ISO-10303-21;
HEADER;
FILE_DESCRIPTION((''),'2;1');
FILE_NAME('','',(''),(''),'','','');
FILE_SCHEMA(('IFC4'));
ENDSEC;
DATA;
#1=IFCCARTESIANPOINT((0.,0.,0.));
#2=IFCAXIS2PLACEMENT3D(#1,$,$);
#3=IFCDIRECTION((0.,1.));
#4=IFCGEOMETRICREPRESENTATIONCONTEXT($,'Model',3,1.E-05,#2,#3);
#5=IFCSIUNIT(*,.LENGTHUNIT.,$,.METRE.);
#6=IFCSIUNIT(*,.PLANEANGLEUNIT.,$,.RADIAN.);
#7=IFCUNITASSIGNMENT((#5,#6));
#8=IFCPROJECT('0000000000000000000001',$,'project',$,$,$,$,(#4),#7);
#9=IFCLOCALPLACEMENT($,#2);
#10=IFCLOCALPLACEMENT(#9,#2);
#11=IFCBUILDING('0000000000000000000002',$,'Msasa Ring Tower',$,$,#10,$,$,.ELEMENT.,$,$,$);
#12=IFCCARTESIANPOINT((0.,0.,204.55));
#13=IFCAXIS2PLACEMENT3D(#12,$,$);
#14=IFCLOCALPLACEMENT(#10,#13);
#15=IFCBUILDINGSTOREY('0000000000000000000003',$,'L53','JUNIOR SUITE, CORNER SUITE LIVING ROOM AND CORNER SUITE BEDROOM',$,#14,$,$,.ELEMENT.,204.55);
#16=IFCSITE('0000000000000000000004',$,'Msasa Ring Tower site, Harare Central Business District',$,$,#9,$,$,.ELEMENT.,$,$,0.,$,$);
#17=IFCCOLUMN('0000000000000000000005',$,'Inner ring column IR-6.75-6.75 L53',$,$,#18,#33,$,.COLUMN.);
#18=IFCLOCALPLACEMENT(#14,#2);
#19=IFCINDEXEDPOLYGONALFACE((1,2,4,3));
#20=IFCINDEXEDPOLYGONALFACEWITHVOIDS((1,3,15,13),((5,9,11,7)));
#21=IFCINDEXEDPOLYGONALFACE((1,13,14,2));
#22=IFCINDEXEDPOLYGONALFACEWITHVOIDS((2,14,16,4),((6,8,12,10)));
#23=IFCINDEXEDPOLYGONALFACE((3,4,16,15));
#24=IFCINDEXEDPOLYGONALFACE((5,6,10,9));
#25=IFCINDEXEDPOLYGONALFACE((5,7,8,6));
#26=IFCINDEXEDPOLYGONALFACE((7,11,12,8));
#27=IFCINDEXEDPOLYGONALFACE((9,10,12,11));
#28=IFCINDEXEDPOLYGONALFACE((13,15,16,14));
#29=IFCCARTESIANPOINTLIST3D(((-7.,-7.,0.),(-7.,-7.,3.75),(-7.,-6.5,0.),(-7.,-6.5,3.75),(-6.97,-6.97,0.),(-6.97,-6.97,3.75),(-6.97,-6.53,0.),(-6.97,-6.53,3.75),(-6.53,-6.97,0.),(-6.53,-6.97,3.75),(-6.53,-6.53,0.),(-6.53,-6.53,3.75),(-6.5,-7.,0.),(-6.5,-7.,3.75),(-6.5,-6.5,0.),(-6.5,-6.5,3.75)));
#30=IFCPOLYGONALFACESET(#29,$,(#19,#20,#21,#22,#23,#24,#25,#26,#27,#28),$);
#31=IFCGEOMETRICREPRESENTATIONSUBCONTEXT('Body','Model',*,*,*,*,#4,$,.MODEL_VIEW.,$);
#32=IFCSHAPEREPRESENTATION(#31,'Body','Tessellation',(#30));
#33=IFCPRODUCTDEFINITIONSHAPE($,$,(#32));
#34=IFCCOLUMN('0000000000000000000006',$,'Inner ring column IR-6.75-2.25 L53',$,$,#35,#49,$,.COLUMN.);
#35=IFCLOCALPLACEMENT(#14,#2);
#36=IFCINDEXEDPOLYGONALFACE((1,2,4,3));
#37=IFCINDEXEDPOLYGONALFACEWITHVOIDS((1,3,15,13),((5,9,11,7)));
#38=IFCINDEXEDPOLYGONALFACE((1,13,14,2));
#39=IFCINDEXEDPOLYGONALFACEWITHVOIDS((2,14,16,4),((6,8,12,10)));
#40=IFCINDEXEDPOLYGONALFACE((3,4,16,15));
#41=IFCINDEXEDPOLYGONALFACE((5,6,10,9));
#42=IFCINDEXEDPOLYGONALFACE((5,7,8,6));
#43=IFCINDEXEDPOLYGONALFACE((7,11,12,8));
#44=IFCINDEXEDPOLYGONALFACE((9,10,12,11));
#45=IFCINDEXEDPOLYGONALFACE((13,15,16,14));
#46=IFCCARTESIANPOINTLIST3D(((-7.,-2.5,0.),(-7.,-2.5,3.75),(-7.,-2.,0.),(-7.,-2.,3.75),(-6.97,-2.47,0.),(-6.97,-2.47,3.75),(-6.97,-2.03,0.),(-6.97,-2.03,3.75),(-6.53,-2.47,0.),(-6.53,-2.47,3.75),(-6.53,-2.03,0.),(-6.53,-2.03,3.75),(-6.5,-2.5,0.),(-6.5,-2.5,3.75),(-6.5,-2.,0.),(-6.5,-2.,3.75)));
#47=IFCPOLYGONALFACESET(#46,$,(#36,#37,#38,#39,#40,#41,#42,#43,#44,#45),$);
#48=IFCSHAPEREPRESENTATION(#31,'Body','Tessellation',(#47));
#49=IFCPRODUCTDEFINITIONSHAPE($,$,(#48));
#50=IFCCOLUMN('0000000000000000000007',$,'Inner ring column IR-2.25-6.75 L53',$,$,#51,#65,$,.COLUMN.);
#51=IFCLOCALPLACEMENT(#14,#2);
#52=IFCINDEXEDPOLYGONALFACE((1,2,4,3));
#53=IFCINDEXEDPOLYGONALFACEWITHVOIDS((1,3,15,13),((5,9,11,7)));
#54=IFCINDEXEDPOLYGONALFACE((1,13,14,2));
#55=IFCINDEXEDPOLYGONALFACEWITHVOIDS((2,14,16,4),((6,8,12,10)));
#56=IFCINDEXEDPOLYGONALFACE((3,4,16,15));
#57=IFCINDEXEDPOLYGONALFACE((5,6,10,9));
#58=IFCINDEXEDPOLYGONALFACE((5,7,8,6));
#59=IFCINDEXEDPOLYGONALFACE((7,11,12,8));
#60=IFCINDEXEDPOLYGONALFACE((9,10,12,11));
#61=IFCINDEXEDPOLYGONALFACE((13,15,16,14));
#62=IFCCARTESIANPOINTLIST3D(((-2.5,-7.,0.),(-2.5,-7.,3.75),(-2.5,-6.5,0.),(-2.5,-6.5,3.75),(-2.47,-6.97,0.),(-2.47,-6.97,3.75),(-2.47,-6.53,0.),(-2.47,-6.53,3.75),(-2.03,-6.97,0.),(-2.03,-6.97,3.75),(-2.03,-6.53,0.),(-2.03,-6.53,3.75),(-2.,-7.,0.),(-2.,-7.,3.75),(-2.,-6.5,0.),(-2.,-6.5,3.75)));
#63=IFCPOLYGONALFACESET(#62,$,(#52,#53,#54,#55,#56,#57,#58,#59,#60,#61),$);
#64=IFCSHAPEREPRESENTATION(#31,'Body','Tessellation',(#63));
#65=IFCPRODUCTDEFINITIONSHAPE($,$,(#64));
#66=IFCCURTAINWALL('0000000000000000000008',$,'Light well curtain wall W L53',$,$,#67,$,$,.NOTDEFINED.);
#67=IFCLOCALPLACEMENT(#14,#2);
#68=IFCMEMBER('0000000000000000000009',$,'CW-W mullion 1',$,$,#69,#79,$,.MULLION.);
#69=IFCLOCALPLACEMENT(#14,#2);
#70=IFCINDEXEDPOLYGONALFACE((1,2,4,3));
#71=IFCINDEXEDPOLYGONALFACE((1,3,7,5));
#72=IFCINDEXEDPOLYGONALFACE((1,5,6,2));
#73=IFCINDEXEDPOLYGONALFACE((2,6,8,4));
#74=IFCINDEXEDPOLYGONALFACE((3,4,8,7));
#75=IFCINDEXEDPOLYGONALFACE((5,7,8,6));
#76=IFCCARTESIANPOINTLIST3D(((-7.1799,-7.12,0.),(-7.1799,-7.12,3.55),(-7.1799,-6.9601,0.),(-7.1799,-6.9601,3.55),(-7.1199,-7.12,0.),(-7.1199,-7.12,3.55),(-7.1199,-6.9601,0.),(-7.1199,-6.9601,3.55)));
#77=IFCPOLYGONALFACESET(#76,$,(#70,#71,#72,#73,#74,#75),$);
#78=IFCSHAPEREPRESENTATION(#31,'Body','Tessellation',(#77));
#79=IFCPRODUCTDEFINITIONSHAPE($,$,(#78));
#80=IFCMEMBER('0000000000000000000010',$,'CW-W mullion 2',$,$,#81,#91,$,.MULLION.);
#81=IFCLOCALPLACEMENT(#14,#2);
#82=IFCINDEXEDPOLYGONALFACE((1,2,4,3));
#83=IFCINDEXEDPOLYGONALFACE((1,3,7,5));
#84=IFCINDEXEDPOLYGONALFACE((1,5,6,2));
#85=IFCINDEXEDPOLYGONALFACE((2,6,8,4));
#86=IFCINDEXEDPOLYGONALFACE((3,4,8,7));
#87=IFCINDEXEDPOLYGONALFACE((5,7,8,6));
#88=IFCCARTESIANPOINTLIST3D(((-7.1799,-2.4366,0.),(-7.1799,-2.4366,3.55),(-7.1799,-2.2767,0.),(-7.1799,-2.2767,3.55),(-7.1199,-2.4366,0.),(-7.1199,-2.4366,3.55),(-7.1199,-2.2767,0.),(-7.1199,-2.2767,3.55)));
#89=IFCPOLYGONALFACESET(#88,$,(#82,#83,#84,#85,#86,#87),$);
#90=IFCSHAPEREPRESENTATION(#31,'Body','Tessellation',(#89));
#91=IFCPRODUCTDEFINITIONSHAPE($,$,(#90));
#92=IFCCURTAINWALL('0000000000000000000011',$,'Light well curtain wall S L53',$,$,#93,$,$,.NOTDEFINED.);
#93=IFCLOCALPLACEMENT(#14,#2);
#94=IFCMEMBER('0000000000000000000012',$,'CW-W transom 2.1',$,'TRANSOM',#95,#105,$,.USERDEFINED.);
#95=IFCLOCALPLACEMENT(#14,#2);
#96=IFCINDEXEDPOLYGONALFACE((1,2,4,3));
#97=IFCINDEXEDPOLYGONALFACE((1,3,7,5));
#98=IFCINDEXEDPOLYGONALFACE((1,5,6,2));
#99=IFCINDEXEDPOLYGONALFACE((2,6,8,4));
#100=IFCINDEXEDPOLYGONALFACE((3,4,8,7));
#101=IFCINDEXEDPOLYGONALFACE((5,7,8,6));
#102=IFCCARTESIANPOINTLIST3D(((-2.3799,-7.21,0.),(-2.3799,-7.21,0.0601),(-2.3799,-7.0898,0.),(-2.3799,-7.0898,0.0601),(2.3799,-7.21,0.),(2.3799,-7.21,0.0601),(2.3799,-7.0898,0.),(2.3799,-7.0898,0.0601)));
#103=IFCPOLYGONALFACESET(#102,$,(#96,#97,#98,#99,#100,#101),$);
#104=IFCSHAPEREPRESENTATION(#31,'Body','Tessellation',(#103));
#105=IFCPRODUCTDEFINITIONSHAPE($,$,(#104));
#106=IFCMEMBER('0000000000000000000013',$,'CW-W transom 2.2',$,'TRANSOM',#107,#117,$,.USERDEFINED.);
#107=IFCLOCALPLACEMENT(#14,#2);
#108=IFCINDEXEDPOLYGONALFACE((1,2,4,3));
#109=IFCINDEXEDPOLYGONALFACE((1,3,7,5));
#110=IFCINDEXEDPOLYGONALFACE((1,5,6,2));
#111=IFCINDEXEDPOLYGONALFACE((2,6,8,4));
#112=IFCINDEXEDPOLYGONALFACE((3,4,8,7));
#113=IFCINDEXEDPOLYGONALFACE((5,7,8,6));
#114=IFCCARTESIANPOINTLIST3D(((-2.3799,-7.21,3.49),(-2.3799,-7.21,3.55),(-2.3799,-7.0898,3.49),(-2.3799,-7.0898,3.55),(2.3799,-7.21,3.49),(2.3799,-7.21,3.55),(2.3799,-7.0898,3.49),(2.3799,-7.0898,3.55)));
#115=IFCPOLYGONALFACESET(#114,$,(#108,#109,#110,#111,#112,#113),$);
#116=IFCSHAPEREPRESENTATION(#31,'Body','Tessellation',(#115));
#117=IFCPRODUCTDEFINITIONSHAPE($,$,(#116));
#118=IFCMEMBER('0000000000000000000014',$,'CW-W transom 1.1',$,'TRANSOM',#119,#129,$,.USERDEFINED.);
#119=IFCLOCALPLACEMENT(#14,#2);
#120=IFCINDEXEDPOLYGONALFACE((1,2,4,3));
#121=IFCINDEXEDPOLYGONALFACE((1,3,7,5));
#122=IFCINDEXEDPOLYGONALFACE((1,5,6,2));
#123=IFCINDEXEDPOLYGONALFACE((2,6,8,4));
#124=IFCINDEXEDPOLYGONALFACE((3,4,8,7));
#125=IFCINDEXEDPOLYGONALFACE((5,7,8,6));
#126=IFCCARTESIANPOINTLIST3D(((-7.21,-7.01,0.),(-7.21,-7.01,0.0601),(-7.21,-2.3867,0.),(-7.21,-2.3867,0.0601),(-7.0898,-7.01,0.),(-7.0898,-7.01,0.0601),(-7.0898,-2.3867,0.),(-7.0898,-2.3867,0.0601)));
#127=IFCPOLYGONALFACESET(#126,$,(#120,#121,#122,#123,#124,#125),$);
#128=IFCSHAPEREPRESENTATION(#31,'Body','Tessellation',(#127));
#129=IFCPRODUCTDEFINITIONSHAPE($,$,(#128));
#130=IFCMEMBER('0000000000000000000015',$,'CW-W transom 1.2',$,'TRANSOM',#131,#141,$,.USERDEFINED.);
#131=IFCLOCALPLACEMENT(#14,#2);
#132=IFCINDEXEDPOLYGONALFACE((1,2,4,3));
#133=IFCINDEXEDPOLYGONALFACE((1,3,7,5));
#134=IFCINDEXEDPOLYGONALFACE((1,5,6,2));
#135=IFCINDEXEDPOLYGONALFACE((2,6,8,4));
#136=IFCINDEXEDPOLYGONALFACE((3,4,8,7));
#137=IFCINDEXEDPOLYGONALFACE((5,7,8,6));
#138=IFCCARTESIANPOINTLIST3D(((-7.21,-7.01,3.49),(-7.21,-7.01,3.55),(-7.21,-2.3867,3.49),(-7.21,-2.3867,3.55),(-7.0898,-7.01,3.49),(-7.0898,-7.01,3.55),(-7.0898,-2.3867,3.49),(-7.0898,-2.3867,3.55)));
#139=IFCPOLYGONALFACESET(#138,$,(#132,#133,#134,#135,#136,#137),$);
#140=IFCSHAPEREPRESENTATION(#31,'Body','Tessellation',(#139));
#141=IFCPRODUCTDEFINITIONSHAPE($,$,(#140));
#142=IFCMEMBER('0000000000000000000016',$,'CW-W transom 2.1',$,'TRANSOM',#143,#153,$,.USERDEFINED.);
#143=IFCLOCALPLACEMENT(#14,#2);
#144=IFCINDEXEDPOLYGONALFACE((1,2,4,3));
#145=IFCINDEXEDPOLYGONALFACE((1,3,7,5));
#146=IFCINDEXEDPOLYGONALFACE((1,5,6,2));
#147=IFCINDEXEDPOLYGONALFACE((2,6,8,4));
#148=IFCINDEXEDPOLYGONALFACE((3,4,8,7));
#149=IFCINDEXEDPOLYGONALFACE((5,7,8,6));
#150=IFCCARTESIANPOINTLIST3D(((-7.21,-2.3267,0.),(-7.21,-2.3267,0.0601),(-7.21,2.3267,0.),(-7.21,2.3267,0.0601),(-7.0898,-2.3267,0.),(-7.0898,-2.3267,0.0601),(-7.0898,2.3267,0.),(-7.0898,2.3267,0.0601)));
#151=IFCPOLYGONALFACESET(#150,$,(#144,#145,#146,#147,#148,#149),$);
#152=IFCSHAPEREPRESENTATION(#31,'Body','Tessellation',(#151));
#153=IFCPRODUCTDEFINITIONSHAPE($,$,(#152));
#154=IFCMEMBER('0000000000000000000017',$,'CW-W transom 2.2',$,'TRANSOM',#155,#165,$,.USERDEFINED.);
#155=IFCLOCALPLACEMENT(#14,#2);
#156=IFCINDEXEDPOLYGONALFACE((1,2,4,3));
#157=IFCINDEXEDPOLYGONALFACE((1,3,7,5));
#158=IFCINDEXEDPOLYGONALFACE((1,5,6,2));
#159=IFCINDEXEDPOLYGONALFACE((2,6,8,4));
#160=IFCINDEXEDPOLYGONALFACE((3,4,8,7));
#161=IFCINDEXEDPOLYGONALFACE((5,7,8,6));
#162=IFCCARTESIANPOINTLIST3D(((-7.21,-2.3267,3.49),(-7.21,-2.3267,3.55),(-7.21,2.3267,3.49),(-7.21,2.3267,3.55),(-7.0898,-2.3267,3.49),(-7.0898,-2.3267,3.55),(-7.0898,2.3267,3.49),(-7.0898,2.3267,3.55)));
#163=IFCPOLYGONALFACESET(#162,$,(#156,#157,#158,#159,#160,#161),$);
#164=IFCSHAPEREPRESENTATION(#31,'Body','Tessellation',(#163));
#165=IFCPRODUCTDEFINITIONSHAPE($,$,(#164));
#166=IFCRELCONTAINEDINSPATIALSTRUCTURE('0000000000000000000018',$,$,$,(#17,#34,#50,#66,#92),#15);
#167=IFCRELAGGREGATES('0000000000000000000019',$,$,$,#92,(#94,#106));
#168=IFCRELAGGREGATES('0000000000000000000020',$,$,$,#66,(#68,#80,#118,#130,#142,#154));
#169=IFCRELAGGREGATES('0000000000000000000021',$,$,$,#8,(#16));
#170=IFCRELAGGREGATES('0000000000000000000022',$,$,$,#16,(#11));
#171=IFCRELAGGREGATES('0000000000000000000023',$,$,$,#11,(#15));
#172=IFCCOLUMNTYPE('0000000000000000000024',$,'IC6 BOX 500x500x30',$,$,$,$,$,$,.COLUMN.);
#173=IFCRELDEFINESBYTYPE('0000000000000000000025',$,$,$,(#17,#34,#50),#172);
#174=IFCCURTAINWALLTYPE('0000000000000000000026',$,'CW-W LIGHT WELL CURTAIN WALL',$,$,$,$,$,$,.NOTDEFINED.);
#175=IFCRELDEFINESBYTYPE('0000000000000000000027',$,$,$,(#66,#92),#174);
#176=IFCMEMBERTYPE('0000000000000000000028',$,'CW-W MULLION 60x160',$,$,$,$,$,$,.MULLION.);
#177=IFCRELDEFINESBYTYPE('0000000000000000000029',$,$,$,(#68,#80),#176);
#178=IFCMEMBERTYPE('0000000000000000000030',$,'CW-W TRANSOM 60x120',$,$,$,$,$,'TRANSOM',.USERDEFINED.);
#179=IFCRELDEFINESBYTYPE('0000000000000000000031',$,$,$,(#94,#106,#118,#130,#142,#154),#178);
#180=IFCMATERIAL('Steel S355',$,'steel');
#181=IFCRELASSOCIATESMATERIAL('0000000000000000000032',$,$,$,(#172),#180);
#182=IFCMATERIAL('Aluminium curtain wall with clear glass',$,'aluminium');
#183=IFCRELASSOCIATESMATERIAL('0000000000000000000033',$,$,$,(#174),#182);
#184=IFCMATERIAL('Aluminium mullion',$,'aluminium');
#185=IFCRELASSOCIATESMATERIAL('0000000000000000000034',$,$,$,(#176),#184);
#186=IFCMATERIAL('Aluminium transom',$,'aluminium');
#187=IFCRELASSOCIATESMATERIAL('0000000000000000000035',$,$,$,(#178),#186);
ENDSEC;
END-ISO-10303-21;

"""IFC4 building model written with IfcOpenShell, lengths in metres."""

from ifc_helpers import new_model, si_unit, direction, frame, origin, origin_2d, place, context, subcontext, project, spatial, rectangle, hollow_rectangle, extrude, material, material_profile, profile_set, type_object, element, aggregate, save


model = new_model("IFC4")

# Units and contexts
model_context = context("Model", 3, precision=1e-05, world=origin(), true_north=direction((0.0, 1.0)))
body_context = subcontext(model_context, "Body", "Model", "MODEL_VIEW")
ifc_project = project(units=[si_unit("LENGTHUNIT", "METRE"), si_unit("PLANEANGLEUNIT", "RADIAN")], contexts=[model_context])

# Site, building, storey
site_placement = place(None, origin())
site = spatial("IfcSite", under=ifc_project, at=site_placement, Name="Msasa Ring Tower site, Harare Central Business District", CompositionType="ELEMENT", RefElevation=0.0)
building_placement = place(site_placement, origin())
building = spatial("IfcBuilding", under=site, at=building_placement, Name="Msasa Ring Tower", CompositionType="ELEMENT")
storey_placement = place(building_placement, frame((0.0, 0.0, 204.55)))
storey = spatial("IfcBuildingStorey", under=building, at=storey_placement, Name="L53", Description="JUNIOR SUITE, CORNER SUITE LIVING ROOM AND CORNER SUITE BEDROOM", CompositionType="ELEMENT", Elevation=204.55)

# Columns
ifc_material_1 = material(Name="Steel S355", Category="steel")
ifc_material_profile_1 = material_profile(ifc_material_1, hollow_rectangle(XDim=0.5, YDim=0.5, WallThickness=0.03, at=origin_2d()), Name="BOX 500x500x30")
ifc_profile_set_1 = profile_set([ifc_material_profile_1], Name="Steel S355")
column_type = type_object("IfcColumnType", Name="IC6 BOX 500x500x30", PredefinedType="COLUMN", material=ifc_profile_set_1)
for number, where, z_axis, x_axis, name in (
    (1, (-6.75, -6.75, 0.0), (0.0, 0.0, 1.0), (1.0, 0.0, 0.0), "Inner ring column IR-6.75-6.75 L53"),
    (2, (-6.75, -2.25, 0.0), (0.0, 0.0, 1.0), (1.0, 0.0, 0.0), "Inner ring column IR-6.75-2.25 L53"),
    (3, (-2.25, -6.75, 0.0), (0.0, 0.0, 1.0), (1.0, 0.0, 0.0), "Inner ring column IR-2.25-6.75 L53"),
):
    element("IfcColumn", number, at=place(storey_placement, frame(where, z_axis=z_axis, x_axis=x_axis)), inside=storey, type_object=column_type, Name=name, PredefinedType="COLUMN", context=body_context, shape_type="SweptSolid", body=[
        extrude(hollow_rectangle(XDim=0.5, YDim=0.5, WallThickness=0.03, at=origin_2d()), origin(), (0.0, 0.0, 1.0), 3.75),
    ])

# Curtain walls, members
ifc_material_2 = material(Name="Aluminium curtain wall with clear glass", Category="aluminium")
curtain_wall_type = type_object("IfcCurtainWallType", Name="CW-W LIGHT WELL CURTAIN WALL", PredefinedType="NOTDEFINED", material=ifc_material_2)
curtain_wall_1_placement = place(storey_placement, origin())
curtain_wall_1 = element("IfcCurtainWall", 4, at=curtain_wall_1_placement, inside=storey, type_object=curtain_wall_type, Name="Light well curtain wall W L53", PredefinedType="NOTDEFINED")
ifc_material_3 = material(Name="Aluminium mullion", Category="aluminium")
ifc_material_profile_2 = material_profile(ifc_material_3, rectangle(XDim=0.0601, YDim=0.1599, at=origin_2d()), Name="AL 60x160")
ifc_profile_set_2 = profile_set([ifc_material_profile_2], Name="Aluminium mullion")
member_type_1 = type_object("IfcMemberType", Name="CW-W MULLION 60x160", PredefinedType="MULLION", material=ifc_profile_set_2)
member_1_placement = place(storey_placement, frame((-7.1499, -7.04, 0.0), z_axis=(0.0, 0.0, 1.0), x_axis=(-1.0, 0.0, 0.0)))
member_1 = element("IfcMember", 5, at=member_1_placement, type_object=member_type_1, Name="CW-W mullion 1", PredefinedType="MULLION", context=body_context, shape_type="SweptSolid", body=[
    extrude(rectangle(XDim=0.0601, YDim=0.1599, at=origin_2d()), origin(), (0.0, 0.0, 1.0), 3.55),
])
member_2_placement = place(storey_placement, frame((-7.1499, -2.3567, 0.0), z_axis=(0.0, 0.0, 1.0), x_axis=(-1.0, 0.0, 0.0)))
member_2 = element("IfcMember", 6, at=member_2_placement, type_object=member_type_1, Name="CW-W mullion 2", PredefinedType="MULLION", context=body_context, shape_type="SweptSolid", body=[
    extrude(rectangle(XDim=0.0601, YDim=0.1599, at=origin_2d()), origin(), (0.0, 0.0, 1.0), 3.55),
])
curtain_wall_2_placement = place(storey_placement, origin())
curtain_wall_2 = element("IfcCurtainWall", 7, at=curtain_wall_2_placement, inside=storey, type_object=curtain_wall_type, Name="Light well curtain wall S L53", PredefinedType="NOTDEFINED")
ifc_material_4 = material(Name="Aluminium transom", Category="aluminium")
ifc_material_profile_3 = material_profile(ifc_material_4, rectangle(XDim=0.1201, YDim=0.0601, at=origin_2d()), Name="AL 60x120")
ifc_profile_set_3 = profile_set([ifc_material_profile_3], Name="Aluminium transom")
member_type_2 = type_object("IfcMemberType", Name="CW-W TRANSOM 60x120", ElementType="TRANSOM", PredefinedType="USERDEFINED", material=ifc_profile_set_3)
member_3_placement = place(storey_placement, frame((-2.3799, -7.1499, 0.03), z_axis=(1.0, 0.0, 0.0), x_axis=(0.0, 1.0, 0.0)))
member_3 = element("IfcMember", 8, at=member_3_placement, type_object=member_type_2, Name="CW-W transom 2.1", ObjectType="TRANSOM", PredefinedType="USERDEFINED", context=body_context, shape_type="SweptSolid", body=[
    extrude(rectangle(XDim=0.1201, YDim=0.0601, at=origin_2d()), origin(), (0.0, 0.0, 1.0), 4.7598),
])
member_4_placement = place(storey_placement, frame((-2.3799, -7.1499, 3.52), z_axis=(1.0, 0.0, 0.0), x_axis=(0.0, 1.0, 0.0)))
member_4 = element("IfcMember", 9, at=member_4_placement, type_object=member_type_2, Name="CW-W transom 2.2", ObjectType="TRANSOM", PredefinedType="USERDEFINED", context=body_context, shape_type="SweptSolid", body=[
    extrude(rectangle(XDim=0.1201, YDim=0.0601, at=origin_2d()), origin(), (0.0, 0.0, 1.0), 4.7598),
])

# Members
member_5_placement = place(storey_placement, frame((-7.1499, -7.01, 0.03), z_axis=(0.0, 1.0, 0.0), x_axis=(-1.0, 0.0, 0.0)))
member_5 = element("IfcMember", 10, at=member_5_placement, type_object=member_type_2, Name="CW-W transom 1.1", ObjectType="TRANSOM", PredefinedType="USERDEFINED", context=body_context, shape_type="SweptSolid", body=[
    extrude(rectangle(XDim=0.1201, YDim=0.0601, at=origin_2d()), origin(), (0.0, 0.0, 1.0), 4.6233),
])
member_6_placement = place(storey_placement, frame((-7.1499, -7.01, 3.52), z_axis=(0.0, 1.0, 0.0), x_axis=(-1.0, 0.0, 0.0)))
member_6 = element("IfcMember", 11, at=member_6_placement, type_object=member_type_2, Name="CW-W transom 1.2", ObjectType="TRANSOM", PredefinedType="USERDEFINED", context=body_context, shape_type="SweptSolid", body=[
    extrude(rectangle(XDim=0.1201, YDim=0.0601, at=origin_2d()), origin(), (0.0, 0.0, 1.0), 4.6233),
])
member_7_placement = place(storey_placement, frame((-7.1499, -2.3267, 0.03), z_axis=(0.0, 1.0, 0.0), x_axis=(-1.0, 0.0, 0.0)))
member_7 = element("IfcMember", 12, at=member_7_placement, type_object=member_type_2, Name="CW-W transom 2.1", ObjectType="TRANSOM", PredefinedType="USERDEFINED", context=body_context, shape_type="SweptSolid", body=[
    extrude(rectangle(XDim=0.1201, YDim=0.0601, at=origin_2d()), origin(), (0.0, 0.0, 1.0), 4.6533),
])
member_8_placement = place(storey_placement, frame((-7.1499, -2.3267, 3.52), z_axis=(0.0, 1.0, 0.0), x_axis=(-1.0, 0.0, 0.0)))
member_8 = element("IfcMember", 13, at=member_8_placement, type_object=member_type_2, Name="CW-W transom 2.2", ObjectType="TRANSOM", PredefinedType="USERDEFINED", context=body_context, shape_type="SweptSolid", body=[
    extrude(rectangle(XDim=0.1201, YDim=0.0601, at=origin_2d()), origin(), (0.0, 0.0, 1.0), 4.6533),
])

aggregate(curtain_wall_2, [member_3, member_4])
aggregate(curtain_wall_1, [member_1, member_2, member_5, member_6, member_7, member_8])

save(model, "model.ifc")
